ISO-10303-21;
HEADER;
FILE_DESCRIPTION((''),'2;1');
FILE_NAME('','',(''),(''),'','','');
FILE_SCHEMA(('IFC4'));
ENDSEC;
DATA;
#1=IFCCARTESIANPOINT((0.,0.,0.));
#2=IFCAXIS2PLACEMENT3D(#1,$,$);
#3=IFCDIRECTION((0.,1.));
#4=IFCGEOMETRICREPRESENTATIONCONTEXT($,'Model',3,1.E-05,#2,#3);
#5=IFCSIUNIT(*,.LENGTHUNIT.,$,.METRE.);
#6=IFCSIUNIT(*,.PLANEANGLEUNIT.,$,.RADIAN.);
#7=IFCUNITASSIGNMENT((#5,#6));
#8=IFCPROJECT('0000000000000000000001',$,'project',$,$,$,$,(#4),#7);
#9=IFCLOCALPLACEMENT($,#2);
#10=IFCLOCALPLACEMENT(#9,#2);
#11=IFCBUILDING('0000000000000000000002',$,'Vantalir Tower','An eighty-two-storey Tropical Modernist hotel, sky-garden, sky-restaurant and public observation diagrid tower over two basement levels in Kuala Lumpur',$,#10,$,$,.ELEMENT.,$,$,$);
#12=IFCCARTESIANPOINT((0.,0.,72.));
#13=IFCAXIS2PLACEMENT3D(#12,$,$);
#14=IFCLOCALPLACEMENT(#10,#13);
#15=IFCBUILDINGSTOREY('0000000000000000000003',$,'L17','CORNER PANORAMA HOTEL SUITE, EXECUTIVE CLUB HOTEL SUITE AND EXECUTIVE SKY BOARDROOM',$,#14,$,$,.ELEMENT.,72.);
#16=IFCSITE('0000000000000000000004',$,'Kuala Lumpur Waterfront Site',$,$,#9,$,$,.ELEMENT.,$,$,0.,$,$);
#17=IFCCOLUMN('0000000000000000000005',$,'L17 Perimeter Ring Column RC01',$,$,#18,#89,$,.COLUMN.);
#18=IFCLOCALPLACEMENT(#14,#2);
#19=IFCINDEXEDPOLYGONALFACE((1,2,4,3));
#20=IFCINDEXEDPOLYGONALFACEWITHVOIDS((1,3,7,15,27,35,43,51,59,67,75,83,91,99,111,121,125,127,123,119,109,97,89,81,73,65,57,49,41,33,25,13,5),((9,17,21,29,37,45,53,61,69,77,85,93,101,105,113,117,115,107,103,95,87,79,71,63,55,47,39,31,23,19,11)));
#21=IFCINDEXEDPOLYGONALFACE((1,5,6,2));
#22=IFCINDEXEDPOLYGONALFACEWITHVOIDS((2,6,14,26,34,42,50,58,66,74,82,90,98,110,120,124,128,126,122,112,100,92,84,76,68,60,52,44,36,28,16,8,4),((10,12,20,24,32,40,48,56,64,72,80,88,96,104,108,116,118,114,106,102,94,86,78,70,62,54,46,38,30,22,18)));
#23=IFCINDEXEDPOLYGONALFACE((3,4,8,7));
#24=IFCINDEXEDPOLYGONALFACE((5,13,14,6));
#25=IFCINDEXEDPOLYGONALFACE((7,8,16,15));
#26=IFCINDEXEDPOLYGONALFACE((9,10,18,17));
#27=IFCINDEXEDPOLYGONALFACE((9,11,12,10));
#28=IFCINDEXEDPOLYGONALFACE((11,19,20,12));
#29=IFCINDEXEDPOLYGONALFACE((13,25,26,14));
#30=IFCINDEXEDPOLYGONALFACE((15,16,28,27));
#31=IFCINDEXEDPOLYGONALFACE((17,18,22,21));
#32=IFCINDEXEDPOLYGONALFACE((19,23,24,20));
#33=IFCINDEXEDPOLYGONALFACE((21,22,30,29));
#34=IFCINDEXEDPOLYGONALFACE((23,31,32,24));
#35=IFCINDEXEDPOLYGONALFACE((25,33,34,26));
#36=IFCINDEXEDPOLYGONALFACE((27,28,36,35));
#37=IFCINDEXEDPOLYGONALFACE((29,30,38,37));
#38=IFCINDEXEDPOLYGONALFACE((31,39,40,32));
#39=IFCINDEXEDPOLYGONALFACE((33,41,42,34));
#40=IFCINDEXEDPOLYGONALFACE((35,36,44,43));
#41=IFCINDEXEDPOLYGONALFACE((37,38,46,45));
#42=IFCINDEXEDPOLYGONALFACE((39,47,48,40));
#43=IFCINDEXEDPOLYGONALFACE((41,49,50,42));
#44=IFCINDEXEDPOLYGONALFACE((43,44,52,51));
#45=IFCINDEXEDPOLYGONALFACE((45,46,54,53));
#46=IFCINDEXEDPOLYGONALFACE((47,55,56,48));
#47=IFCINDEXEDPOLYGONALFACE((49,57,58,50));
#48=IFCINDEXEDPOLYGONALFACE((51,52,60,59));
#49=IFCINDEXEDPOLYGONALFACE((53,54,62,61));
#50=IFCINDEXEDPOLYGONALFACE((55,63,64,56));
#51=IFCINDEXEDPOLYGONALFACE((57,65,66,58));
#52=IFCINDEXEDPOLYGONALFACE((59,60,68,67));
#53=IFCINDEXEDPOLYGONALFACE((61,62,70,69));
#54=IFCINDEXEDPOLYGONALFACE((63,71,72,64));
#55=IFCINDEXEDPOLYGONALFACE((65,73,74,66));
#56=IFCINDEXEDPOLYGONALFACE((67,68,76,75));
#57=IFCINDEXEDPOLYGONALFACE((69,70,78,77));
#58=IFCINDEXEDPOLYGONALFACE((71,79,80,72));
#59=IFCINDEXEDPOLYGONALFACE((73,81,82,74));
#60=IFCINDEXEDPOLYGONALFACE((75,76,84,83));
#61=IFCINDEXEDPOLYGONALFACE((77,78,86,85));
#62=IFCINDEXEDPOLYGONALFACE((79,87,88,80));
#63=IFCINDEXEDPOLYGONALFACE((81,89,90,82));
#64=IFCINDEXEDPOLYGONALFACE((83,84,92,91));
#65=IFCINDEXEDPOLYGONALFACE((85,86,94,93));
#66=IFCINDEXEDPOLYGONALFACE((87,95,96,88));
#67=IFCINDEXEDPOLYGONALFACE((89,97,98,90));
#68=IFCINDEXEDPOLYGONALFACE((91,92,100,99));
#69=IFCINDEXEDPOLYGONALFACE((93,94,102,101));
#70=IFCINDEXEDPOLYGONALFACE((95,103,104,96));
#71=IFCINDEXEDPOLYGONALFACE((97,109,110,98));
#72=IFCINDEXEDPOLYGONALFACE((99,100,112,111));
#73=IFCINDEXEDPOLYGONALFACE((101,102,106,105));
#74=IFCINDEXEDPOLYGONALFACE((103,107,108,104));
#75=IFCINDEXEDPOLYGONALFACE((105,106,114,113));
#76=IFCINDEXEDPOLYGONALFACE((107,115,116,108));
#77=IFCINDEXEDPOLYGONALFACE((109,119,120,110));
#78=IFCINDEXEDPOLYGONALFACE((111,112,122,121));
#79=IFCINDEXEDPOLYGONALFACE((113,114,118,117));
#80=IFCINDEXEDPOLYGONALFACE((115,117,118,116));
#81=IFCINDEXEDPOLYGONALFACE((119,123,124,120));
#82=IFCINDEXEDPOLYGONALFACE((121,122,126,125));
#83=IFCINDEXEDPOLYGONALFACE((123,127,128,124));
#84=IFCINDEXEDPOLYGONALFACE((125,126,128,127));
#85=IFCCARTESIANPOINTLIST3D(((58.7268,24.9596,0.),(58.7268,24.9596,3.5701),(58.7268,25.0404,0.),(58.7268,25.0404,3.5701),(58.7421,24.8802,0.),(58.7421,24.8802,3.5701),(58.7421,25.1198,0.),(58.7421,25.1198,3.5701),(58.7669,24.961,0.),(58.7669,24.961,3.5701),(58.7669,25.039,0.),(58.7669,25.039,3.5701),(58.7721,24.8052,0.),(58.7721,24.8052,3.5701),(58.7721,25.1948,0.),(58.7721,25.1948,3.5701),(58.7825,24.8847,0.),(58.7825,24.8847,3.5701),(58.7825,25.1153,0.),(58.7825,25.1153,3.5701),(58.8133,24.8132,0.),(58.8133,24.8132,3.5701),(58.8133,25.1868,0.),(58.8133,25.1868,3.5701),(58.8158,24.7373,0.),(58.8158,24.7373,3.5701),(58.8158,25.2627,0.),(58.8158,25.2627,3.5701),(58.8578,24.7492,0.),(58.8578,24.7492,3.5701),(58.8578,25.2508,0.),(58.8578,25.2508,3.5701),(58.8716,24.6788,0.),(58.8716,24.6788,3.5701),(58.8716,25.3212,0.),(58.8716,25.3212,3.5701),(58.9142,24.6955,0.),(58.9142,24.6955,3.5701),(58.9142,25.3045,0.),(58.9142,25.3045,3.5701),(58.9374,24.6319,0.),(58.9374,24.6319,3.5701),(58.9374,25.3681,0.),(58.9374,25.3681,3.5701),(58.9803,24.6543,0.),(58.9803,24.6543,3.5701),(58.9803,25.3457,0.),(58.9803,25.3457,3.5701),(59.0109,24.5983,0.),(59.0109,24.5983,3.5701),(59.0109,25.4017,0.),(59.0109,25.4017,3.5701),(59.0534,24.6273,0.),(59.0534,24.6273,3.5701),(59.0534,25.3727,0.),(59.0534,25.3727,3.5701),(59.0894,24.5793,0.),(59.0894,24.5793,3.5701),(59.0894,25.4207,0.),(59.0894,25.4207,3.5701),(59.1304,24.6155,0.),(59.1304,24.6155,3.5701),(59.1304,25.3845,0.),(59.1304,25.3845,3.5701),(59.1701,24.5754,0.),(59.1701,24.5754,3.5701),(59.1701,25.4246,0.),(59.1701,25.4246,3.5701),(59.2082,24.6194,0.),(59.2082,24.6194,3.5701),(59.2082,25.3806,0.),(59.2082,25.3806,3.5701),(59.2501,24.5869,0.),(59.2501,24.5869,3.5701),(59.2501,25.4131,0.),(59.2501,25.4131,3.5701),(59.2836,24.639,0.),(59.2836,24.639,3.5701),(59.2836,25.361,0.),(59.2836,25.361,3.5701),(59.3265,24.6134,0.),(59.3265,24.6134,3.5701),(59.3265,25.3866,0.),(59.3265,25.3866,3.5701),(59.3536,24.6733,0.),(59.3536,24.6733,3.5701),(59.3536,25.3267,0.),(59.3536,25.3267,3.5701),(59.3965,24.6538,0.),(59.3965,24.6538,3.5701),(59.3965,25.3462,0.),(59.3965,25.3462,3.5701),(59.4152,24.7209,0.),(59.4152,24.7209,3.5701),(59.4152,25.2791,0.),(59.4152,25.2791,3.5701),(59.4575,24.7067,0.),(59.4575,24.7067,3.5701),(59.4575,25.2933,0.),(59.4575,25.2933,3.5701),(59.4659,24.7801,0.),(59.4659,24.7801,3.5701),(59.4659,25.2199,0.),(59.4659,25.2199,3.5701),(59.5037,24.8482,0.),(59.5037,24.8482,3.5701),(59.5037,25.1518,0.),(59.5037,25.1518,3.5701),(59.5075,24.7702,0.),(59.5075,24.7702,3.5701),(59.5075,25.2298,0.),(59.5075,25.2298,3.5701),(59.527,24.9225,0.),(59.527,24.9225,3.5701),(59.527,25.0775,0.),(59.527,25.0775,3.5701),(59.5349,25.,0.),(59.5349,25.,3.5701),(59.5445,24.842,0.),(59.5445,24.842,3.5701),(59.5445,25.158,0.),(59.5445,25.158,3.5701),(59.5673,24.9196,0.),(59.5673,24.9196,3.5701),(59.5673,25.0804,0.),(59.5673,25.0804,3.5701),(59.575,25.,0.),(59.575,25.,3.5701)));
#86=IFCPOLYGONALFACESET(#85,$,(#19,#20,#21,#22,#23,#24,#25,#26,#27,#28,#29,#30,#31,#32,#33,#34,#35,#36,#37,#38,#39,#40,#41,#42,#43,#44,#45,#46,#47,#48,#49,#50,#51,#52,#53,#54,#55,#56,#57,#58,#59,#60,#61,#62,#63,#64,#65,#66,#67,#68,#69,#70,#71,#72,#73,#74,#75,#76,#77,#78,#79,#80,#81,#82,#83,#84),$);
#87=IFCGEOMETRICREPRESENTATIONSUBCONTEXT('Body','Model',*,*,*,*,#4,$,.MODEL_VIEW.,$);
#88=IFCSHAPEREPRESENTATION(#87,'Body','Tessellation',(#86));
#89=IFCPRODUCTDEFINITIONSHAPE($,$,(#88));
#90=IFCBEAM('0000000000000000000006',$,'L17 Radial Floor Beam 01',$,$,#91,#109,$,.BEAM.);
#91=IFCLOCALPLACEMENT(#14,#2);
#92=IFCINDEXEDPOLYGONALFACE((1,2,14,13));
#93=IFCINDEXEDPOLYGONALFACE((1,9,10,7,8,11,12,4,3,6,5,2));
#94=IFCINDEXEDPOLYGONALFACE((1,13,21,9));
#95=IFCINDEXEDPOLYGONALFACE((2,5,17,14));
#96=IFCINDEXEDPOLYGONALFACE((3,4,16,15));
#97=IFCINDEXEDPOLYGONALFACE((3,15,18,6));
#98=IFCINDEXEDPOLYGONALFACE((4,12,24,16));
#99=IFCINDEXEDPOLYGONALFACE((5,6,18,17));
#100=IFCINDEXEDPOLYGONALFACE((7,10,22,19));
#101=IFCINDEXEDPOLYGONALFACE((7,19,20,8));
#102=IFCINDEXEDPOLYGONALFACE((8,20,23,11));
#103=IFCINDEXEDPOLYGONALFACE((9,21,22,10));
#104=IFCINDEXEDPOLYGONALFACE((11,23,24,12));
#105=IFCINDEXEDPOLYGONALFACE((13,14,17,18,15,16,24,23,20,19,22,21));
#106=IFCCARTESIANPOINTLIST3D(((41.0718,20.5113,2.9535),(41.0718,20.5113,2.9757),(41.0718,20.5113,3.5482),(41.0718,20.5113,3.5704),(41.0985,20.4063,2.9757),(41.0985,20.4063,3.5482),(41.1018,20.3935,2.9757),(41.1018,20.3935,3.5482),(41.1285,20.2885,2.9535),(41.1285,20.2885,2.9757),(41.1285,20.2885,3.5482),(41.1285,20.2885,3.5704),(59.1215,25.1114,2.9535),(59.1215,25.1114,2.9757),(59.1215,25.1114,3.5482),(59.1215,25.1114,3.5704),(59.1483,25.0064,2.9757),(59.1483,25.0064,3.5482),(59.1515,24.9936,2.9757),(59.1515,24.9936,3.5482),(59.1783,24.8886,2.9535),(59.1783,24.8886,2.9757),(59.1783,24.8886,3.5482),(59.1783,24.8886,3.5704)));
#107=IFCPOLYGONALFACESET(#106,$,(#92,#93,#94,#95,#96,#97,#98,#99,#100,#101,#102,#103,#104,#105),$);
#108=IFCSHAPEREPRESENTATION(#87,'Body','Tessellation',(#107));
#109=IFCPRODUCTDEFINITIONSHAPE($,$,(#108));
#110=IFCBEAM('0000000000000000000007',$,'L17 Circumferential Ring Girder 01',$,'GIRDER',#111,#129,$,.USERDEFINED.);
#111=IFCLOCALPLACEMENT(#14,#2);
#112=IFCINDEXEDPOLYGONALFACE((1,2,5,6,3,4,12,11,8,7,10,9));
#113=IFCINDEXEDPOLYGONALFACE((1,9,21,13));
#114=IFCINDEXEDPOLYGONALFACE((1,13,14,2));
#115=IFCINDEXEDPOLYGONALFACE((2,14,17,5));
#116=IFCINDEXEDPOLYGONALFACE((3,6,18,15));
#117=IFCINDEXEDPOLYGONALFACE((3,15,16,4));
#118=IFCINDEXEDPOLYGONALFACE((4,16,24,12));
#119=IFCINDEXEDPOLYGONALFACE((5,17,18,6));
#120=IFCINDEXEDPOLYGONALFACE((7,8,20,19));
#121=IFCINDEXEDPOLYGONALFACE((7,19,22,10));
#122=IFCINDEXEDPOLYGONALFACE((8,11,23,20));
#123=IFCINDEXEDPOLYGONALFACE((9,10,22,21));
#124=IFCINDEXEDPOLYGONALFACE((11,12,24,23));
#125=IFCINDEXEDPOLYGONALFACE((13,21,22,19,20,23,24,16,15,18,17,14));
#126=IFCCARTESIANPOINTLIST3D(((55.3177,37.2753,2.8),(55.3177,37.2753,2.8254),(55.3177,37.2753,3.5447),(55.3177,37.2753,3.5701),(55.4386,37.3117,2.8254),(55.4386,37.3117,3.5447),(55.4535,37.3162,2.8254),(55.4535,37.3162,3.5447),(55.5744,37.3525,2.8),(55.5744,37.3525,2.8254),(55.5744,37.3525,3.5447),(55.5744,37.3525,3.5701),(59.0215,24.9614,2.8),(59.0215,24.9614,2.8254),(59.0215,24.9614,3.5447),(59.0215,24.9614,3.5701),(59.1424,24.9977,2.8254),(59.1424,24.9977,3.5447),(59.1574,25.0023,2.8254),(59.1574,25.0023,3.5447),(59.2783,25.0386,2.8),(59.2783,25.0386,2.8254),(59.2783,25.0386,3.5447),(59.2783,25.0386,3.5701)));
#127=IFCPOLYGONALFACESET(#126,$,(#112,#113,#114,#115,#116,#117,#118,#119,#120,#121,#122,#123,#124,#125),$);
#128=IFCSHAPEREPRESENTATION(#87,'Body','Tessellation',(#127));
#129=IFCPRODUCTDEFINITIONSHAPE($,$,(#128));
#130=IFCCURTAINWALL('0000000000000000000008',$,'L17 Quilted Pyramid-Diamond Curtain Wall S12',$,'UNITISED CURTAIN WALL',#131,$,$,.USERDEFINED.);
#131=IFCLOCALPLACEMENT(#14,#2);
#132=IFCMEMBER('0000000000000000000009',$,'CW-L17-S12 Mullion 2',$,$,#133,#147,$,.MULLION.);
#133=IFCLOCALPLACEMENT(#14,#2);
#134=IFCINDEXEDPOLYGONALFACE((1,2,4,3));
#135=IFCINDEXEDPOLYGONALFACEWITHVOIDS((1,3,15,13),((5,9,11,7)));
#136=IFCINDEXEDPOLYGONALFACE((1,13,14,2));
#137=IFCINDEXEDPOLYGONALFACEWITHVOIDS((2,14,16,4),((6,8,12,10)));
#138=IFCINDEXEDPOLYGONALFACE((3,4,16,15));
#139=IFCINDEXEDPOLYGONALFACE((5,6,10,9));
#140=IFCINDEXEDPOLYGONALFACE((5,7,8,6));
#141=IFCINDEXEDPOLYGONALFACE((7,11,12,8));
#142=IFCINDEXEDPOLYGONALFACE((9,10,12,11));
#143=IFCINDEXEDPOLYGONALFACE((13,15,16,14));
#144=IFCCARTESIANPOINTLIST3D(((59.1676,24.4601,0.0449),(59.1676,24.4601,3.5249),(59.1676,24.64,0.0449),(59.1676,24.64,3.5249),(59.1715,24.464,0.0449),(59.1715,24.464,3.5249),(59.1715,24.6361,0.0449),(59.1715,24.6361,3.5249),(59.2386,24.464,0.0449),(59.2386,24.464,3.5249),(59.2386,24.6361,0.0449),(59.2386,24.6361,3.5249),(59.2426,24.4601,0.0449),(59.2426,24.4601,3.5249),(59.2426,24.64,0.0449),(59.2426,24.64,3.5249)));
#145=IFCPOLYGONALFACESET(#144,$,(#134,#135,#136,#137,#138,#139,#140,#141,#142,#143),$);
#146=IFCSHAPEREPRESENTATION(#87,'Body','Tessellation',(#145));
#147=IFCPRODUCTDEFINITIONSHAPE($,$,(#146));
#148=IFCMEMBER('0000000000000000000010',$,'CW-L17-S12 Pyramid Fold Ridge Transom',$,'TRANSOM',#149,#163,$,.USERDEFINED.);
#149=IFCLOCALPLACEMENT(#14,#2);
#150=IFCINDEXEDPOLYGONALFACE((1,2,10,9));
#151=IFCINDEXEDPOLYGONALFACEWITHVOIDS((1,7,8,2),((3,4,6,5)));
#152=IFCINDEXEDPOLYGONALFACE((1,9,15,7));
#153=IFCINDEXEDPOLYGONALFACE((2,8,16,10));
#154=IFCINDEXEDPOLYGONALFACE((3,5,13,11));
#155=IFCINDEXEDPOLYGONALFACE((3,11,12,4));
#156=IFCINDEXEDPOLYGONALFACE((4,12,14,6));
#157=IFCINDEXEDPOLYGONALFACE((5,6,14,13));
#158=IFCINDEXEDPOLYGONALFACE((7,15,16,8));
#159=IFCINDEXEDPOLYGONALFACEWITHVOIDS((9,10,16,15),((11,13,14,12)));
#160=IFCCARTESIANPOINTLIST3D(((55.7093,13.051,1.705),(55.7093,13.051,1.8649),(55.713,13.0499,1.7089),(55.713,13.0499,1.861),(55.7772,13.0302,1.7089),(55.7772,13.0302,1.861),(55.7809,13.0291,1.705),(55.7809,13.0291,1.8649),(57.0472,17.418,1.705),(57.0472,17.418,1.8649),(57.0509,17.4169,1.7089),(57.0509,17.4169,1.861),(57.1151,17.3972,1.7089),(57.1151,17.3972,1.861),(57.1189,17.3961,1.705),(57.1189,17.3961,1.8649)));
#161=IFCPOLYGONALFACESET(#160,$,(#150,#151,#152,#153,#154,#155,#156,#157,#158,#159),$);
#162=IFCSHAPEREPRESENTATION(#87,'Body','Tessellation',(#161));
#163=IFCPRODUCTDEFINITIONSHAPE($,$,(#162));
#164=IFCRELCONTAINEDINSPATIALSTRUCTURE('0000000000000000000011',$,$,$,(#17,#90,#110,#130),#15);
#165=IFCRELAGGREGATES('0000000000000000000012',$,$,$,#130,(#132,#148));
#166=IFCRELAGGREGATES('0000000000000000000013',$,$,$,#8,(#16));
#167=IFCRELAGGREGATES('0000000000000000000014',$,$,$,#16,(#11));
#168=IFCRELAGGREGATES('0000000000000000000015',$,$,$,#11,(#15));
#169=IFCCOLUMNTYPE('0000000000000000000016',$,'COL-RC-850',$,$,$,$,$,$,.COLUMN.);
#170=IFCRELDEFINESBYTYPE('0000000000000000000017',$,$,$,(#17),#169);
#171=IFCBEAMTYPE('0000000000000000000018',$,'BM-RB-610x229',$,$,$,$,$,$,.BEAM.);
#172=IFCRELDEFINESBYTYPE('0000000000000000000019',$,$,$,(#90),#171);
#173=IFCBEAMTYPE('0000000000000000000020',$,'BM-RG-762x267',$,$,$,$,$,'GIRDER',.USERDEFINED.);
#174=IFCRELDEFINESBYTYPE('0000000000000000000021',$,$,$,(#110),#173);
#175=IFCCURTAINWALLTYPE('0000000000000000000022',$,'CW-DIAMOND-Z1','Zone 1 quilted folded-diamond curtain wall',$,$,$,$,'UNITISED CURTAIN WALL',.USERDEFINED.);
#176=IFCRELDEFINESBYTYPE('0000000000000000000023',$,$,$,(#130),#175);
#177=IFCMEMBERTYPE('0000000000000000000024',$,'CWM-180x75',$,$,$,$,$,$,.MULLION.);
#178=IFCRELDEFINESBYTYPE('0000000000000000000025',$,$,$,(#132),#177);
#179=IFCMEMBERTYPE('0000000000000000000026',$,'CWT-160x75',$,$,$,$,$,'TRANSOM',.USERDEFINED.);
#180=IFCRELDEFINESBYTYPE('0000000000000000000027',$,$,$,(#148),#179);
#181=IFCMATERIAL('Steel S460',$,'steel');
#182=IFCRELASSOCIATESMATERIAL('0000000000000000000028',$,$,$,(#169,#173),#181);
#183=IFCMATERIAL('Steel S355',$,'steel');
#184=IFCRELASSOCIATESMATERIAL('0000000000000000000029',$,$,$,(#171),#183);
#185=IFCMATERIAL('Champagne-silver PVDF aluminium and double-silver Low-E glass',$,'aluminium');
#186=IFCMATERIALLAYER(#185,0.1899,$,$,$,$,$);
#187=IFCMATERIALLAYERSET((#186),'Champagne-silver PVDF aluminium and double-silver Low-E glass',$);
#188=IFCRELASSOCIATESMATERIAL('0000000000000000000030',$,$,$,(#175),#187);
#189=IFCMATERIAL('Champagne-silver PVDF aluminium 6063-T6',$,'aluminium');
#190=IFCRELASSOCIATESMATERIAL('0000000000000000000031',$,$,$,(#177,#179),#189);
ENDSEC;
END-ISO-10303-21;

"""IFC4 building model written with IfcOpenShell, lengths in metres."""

from ifc_helpers import new_model, si_unit, direction, frame, origin, origin_2d, place, context, subcontext, project, spatial, hollow_rectangle, hollow_circle, i_section, extrude, material, layer, layer_set, material_profile, profile_set, type_object, element, aggregate, save


model = new_model("IFC4")

# Units and contexts
model_context = context("Model", 3, precision=1e-05, world=origin(), true_north=direction((0.0, 1.0)))
body_context = subcontext(model_context, "Body", "Model", "MODEL_VIEW")
ifc_project = project(units=[si_unit("LENGTHUNIT", "METRE"), si_unit("PLANEANGLEUNIT", "RADIAN")], contexts=[model_context])

# Site, building, storey
site_placement = place(None, origin())
site = spatial("IfcSite", under=ifc_project, at=site_placement, Name="Kuala Lumpur Waterfront Site", CompositionType="ELEMENT", RefElevation=0.0)
building_placement = place(site_placement, origin())
building = spatial("IfcBuilding", under=site, at=building_placement, Name="Vantalir Tower", Description="An eighty-two-storey Tropical Modernist hotel, sky-garden, sky-restaurant and public observation diagrid tower over two basement levels in Kuala Lumpur", CompositionType="ELEMENT")
storey_placement = place(building_placement, frame((0.0, 0.0, 72.0)))
storey = spatial("IfcBuildingStorey", under=building, at=storey_placement, Name="L17", Description="CORNER PANORAMA HOTEL SUITE, EXECUTIVE CLUB HOTEL SUITE AND EXECUTIVE SKY BOARDROOM", CompositionType="ELEMENT", Elevation=72.0)

# Column
ifc_material_1 = material(Name="Steel S460", Category="steel")
ifc_material_profile_1 = material_profile(ifc_material_1, hollow_circle(Radius=0.425, WallThickness=0.04, at=origin_2d()), Name="Steel S460")
ifc_profile_set_1 = profile_set([ifc_material_profile_1], Name="Steel S460")
column_type = type_object("IfcColumnType", Name="COL-RC-850", PredefinedType="COLUMN", material=ifc_profile_set_1)
column_placement = place(storey_placement, frame((59.1499, 25.0, 0.0), z_axis=(0.0, 0.0, 1.0), x_axis=(1.0, 0.0, 0.0)))
element("IfcColumn", 1, at=column_placement, inside=storey, type_object=column_type, Name="L17 Perimeter Ring Column RC01", PredefinedType="COLUMN", context=body_context, shape_type="SweptSolid", body=[
    extrude(hollow_circle(Radius=0.425, WallThickness=0.04, at=origin_2d()), origin(), (0.0, 0.0, 1.0), 3.5701),
])

# Beams
ifc_material_2 = material(Name="Steel S355", Category="steel")
ifc_material_profile_2 = material_profile(ifc_material_2, i_section(OverallWidth=0.23, OverallDepth=0.6169, WebThickness=0.0132, FlangeThickness=0.0222, at=origin_2d()), Name="Steel S355")
ifc_profile_set_2 = profile_set([ifc_material_profile_2], Name="Steel S355")
beam_type_1 = type_object("IfcBeamType", Name="BM-RB-610x229", PredefinedType="BEAM", material=ifc_profile_set_2)
beam_1_placement = place(storey_placement, frame((59.1499, 25.0, 3.262), z_axis=(-0.969025, -0.246962, 0.0), x_axis=(0.246962, -0.969025, 0.0)))
element("IfcBeam", 2, at=beam_1_placement, inside=storey, type_object=beam_type_1, Name="L17 Radial Floor Beam 01", PredefinedType="BEAM", context=body_context, shape_type="SweptSolid", body=[
    extrude(i_section(OverallWidth=0.23, OverallDepth=0.6169, WebThickness=0.0132, FlangeThickness=0.0222, at=origin_2d()), origin(), (0.0, 0.0, 1.0), 18.6267),
])
ifc_material_profile_3 = material_profile(ifc_material_1, i_section(OverallWidth=0.2681, OverallDepth=0.77, WebThickness=0.0156, FlangeThickness=0.0254, at=origin_2d()), Name="Steel S460")
ifc_profile_set_3 = profile_set([ifc_material_profile_3], Name="Steel S460")
beam_type_2 = type_object("IfcBeamType", Name="BM-RG-762x267", ElementType="GIRDER", PredefinedType="USERDEFINED", material=ifc_profile_set_3)
beam_2_placement = place(storey_placement, frame((59.1499, 25.0, 3.1851), z_axis=(-0.288038, 0.957619, 0.0), x_axis=(-0.957619, -0.288038, 0.0)))
element("IfcBeam", 3, at=beam_2_placement, inside=storey, type_object=beam_type_2, Name="L17 Circumferential Ring Girder 01", ObjectType="GIRDER", PredefinedType="USERDEFINED", context=body_context, shape_type="SweptSolid", body=[
    extrude(i_section(OverallWidth=0.2681, OverallDepth=0.77, WebThickness=0.0156, FlangeThickness=0.0254, at=origin_2d()), origin(), (0.0, 0.0, 1.0), 12.8589),
])

# Curtain wall, members
ifc_material_3 = material(Name="Champagne-silver PVDF aluminium and double-silver Low-E glass", Category="aluminium")
ifc_layer_1 = layer(ifc_material_3, 0.1899)
ifc_layer_set_1 = layer_set([ifc_layer_1], Name="Champagne-silver PVDF aluminium and double-silver Low-E glass")
curtain_wall_type = type_object("IfcCurtainWallType", Name="CW-DIAMOND-Z1", Description="Zone 1 quilted folded-diamond curtain wall", ElementType="UNITISED CURTAIN WALL", PredefinedType="USERDEFINED", material=ifc_layer_set_1)
curtain_wall_placement = place(storey_placement, origin())
curtain_wall = element("IfcCurtainWall", 4, at=curtain_wall_placement, inside=storey, type_object=curtain_wall_type, Name="L17 Quilted Pyramid-Diamond Curtain Wall S12", ObjectType="UNITISED CURTAIN WALL", PredefinedType="USERDEFINED")
ifc_material_4 = material(Name="Champagne-silver PVDF aluminium 6063-T6", Category="aluminium")
ifc_material_profile_4 = material_profile(ifc_material_4, hollow_rectangle(XDim=0.075, YDim=0.1799, WallThickness=0.0039, at=origin_2d()), Name="Champagne-silver PVDF aluminium 6063-T6")
ifc_profile_set_4 = profile_set([ifc_material_profile_4], Name="Champagne-silver PVDF aluminium 6063-T6")
member_type_1 = type_object("IfcMemberType", Name="CWM-180x75", PredefinedType="MULLION", material=ifc_profile_set_4)
member_1_placement = place(storey_placement, frame((59.2051, 24.55, 0.0449), z_axis=(0.0, 0.0, 1.0), x_axis=(1.0, 0.0, 0.0)))
member_1 = element("IfcMember", 5, at=member_1_placement, type_object=member_type_1, Name="CW-L17-S12 Mullion 2", PredefinedType="MULLION", context=body_context, shape_type="SweptSolid", body=[
    extrude(hollow_rectangle(XDim=0.075, YDim=0.1799, WallThickness=0.0039, at=origin_2d()), origin(), (0.0, 0.0, 1.0), 3.48),
])
ifc_material_profile_5 = material_profile(ifc_material_4, hollow_rectangle(XDim=0.075, YDim=0.1599, WallThickness=0.0039, at=origin_2d()), Name="Champagne-silver PVDF aluminium 6063-T6")
ifc_profile_set_5 = profile_set([ifc_material_profile_5], Name="Champagne-silver PVDF aluminium 6063-T6")
member_type_2 = type_object("IfcMemberType", Name="CWT-160x75", ElementType="TRANSOM", PredefinedType="USERDEFINED", material=ifc_profile_set_5)
member_2_placement = place(storey_placement, frame((55.7451, 13.04, 1.7849), z_axis=(0.292929, 0.956134, 0.0), x_axis=(-0.956134, 0.292929, 0.0)))
member_2 = element("IfcMember", 6, at=member_2_placement, type_object=member_type_2, Name="CW-L17-S12 Pyramid Fold Ridge Transom", ObjectType="TRANSOM", PredefinedType="USERDEFINED", context=body_context, shape_type="SweptSolid", body=[
    extrude(hollow_rectangle(XDim=0.075, YDim=0.1599, WallThickness=0.0039, at=origin_2d()), origin(), (0.0, 0.0, 1.0), 4.5674),
])

aggregate(curtain_wall, [member_1, member_2])

save(model, "model.ifc")
